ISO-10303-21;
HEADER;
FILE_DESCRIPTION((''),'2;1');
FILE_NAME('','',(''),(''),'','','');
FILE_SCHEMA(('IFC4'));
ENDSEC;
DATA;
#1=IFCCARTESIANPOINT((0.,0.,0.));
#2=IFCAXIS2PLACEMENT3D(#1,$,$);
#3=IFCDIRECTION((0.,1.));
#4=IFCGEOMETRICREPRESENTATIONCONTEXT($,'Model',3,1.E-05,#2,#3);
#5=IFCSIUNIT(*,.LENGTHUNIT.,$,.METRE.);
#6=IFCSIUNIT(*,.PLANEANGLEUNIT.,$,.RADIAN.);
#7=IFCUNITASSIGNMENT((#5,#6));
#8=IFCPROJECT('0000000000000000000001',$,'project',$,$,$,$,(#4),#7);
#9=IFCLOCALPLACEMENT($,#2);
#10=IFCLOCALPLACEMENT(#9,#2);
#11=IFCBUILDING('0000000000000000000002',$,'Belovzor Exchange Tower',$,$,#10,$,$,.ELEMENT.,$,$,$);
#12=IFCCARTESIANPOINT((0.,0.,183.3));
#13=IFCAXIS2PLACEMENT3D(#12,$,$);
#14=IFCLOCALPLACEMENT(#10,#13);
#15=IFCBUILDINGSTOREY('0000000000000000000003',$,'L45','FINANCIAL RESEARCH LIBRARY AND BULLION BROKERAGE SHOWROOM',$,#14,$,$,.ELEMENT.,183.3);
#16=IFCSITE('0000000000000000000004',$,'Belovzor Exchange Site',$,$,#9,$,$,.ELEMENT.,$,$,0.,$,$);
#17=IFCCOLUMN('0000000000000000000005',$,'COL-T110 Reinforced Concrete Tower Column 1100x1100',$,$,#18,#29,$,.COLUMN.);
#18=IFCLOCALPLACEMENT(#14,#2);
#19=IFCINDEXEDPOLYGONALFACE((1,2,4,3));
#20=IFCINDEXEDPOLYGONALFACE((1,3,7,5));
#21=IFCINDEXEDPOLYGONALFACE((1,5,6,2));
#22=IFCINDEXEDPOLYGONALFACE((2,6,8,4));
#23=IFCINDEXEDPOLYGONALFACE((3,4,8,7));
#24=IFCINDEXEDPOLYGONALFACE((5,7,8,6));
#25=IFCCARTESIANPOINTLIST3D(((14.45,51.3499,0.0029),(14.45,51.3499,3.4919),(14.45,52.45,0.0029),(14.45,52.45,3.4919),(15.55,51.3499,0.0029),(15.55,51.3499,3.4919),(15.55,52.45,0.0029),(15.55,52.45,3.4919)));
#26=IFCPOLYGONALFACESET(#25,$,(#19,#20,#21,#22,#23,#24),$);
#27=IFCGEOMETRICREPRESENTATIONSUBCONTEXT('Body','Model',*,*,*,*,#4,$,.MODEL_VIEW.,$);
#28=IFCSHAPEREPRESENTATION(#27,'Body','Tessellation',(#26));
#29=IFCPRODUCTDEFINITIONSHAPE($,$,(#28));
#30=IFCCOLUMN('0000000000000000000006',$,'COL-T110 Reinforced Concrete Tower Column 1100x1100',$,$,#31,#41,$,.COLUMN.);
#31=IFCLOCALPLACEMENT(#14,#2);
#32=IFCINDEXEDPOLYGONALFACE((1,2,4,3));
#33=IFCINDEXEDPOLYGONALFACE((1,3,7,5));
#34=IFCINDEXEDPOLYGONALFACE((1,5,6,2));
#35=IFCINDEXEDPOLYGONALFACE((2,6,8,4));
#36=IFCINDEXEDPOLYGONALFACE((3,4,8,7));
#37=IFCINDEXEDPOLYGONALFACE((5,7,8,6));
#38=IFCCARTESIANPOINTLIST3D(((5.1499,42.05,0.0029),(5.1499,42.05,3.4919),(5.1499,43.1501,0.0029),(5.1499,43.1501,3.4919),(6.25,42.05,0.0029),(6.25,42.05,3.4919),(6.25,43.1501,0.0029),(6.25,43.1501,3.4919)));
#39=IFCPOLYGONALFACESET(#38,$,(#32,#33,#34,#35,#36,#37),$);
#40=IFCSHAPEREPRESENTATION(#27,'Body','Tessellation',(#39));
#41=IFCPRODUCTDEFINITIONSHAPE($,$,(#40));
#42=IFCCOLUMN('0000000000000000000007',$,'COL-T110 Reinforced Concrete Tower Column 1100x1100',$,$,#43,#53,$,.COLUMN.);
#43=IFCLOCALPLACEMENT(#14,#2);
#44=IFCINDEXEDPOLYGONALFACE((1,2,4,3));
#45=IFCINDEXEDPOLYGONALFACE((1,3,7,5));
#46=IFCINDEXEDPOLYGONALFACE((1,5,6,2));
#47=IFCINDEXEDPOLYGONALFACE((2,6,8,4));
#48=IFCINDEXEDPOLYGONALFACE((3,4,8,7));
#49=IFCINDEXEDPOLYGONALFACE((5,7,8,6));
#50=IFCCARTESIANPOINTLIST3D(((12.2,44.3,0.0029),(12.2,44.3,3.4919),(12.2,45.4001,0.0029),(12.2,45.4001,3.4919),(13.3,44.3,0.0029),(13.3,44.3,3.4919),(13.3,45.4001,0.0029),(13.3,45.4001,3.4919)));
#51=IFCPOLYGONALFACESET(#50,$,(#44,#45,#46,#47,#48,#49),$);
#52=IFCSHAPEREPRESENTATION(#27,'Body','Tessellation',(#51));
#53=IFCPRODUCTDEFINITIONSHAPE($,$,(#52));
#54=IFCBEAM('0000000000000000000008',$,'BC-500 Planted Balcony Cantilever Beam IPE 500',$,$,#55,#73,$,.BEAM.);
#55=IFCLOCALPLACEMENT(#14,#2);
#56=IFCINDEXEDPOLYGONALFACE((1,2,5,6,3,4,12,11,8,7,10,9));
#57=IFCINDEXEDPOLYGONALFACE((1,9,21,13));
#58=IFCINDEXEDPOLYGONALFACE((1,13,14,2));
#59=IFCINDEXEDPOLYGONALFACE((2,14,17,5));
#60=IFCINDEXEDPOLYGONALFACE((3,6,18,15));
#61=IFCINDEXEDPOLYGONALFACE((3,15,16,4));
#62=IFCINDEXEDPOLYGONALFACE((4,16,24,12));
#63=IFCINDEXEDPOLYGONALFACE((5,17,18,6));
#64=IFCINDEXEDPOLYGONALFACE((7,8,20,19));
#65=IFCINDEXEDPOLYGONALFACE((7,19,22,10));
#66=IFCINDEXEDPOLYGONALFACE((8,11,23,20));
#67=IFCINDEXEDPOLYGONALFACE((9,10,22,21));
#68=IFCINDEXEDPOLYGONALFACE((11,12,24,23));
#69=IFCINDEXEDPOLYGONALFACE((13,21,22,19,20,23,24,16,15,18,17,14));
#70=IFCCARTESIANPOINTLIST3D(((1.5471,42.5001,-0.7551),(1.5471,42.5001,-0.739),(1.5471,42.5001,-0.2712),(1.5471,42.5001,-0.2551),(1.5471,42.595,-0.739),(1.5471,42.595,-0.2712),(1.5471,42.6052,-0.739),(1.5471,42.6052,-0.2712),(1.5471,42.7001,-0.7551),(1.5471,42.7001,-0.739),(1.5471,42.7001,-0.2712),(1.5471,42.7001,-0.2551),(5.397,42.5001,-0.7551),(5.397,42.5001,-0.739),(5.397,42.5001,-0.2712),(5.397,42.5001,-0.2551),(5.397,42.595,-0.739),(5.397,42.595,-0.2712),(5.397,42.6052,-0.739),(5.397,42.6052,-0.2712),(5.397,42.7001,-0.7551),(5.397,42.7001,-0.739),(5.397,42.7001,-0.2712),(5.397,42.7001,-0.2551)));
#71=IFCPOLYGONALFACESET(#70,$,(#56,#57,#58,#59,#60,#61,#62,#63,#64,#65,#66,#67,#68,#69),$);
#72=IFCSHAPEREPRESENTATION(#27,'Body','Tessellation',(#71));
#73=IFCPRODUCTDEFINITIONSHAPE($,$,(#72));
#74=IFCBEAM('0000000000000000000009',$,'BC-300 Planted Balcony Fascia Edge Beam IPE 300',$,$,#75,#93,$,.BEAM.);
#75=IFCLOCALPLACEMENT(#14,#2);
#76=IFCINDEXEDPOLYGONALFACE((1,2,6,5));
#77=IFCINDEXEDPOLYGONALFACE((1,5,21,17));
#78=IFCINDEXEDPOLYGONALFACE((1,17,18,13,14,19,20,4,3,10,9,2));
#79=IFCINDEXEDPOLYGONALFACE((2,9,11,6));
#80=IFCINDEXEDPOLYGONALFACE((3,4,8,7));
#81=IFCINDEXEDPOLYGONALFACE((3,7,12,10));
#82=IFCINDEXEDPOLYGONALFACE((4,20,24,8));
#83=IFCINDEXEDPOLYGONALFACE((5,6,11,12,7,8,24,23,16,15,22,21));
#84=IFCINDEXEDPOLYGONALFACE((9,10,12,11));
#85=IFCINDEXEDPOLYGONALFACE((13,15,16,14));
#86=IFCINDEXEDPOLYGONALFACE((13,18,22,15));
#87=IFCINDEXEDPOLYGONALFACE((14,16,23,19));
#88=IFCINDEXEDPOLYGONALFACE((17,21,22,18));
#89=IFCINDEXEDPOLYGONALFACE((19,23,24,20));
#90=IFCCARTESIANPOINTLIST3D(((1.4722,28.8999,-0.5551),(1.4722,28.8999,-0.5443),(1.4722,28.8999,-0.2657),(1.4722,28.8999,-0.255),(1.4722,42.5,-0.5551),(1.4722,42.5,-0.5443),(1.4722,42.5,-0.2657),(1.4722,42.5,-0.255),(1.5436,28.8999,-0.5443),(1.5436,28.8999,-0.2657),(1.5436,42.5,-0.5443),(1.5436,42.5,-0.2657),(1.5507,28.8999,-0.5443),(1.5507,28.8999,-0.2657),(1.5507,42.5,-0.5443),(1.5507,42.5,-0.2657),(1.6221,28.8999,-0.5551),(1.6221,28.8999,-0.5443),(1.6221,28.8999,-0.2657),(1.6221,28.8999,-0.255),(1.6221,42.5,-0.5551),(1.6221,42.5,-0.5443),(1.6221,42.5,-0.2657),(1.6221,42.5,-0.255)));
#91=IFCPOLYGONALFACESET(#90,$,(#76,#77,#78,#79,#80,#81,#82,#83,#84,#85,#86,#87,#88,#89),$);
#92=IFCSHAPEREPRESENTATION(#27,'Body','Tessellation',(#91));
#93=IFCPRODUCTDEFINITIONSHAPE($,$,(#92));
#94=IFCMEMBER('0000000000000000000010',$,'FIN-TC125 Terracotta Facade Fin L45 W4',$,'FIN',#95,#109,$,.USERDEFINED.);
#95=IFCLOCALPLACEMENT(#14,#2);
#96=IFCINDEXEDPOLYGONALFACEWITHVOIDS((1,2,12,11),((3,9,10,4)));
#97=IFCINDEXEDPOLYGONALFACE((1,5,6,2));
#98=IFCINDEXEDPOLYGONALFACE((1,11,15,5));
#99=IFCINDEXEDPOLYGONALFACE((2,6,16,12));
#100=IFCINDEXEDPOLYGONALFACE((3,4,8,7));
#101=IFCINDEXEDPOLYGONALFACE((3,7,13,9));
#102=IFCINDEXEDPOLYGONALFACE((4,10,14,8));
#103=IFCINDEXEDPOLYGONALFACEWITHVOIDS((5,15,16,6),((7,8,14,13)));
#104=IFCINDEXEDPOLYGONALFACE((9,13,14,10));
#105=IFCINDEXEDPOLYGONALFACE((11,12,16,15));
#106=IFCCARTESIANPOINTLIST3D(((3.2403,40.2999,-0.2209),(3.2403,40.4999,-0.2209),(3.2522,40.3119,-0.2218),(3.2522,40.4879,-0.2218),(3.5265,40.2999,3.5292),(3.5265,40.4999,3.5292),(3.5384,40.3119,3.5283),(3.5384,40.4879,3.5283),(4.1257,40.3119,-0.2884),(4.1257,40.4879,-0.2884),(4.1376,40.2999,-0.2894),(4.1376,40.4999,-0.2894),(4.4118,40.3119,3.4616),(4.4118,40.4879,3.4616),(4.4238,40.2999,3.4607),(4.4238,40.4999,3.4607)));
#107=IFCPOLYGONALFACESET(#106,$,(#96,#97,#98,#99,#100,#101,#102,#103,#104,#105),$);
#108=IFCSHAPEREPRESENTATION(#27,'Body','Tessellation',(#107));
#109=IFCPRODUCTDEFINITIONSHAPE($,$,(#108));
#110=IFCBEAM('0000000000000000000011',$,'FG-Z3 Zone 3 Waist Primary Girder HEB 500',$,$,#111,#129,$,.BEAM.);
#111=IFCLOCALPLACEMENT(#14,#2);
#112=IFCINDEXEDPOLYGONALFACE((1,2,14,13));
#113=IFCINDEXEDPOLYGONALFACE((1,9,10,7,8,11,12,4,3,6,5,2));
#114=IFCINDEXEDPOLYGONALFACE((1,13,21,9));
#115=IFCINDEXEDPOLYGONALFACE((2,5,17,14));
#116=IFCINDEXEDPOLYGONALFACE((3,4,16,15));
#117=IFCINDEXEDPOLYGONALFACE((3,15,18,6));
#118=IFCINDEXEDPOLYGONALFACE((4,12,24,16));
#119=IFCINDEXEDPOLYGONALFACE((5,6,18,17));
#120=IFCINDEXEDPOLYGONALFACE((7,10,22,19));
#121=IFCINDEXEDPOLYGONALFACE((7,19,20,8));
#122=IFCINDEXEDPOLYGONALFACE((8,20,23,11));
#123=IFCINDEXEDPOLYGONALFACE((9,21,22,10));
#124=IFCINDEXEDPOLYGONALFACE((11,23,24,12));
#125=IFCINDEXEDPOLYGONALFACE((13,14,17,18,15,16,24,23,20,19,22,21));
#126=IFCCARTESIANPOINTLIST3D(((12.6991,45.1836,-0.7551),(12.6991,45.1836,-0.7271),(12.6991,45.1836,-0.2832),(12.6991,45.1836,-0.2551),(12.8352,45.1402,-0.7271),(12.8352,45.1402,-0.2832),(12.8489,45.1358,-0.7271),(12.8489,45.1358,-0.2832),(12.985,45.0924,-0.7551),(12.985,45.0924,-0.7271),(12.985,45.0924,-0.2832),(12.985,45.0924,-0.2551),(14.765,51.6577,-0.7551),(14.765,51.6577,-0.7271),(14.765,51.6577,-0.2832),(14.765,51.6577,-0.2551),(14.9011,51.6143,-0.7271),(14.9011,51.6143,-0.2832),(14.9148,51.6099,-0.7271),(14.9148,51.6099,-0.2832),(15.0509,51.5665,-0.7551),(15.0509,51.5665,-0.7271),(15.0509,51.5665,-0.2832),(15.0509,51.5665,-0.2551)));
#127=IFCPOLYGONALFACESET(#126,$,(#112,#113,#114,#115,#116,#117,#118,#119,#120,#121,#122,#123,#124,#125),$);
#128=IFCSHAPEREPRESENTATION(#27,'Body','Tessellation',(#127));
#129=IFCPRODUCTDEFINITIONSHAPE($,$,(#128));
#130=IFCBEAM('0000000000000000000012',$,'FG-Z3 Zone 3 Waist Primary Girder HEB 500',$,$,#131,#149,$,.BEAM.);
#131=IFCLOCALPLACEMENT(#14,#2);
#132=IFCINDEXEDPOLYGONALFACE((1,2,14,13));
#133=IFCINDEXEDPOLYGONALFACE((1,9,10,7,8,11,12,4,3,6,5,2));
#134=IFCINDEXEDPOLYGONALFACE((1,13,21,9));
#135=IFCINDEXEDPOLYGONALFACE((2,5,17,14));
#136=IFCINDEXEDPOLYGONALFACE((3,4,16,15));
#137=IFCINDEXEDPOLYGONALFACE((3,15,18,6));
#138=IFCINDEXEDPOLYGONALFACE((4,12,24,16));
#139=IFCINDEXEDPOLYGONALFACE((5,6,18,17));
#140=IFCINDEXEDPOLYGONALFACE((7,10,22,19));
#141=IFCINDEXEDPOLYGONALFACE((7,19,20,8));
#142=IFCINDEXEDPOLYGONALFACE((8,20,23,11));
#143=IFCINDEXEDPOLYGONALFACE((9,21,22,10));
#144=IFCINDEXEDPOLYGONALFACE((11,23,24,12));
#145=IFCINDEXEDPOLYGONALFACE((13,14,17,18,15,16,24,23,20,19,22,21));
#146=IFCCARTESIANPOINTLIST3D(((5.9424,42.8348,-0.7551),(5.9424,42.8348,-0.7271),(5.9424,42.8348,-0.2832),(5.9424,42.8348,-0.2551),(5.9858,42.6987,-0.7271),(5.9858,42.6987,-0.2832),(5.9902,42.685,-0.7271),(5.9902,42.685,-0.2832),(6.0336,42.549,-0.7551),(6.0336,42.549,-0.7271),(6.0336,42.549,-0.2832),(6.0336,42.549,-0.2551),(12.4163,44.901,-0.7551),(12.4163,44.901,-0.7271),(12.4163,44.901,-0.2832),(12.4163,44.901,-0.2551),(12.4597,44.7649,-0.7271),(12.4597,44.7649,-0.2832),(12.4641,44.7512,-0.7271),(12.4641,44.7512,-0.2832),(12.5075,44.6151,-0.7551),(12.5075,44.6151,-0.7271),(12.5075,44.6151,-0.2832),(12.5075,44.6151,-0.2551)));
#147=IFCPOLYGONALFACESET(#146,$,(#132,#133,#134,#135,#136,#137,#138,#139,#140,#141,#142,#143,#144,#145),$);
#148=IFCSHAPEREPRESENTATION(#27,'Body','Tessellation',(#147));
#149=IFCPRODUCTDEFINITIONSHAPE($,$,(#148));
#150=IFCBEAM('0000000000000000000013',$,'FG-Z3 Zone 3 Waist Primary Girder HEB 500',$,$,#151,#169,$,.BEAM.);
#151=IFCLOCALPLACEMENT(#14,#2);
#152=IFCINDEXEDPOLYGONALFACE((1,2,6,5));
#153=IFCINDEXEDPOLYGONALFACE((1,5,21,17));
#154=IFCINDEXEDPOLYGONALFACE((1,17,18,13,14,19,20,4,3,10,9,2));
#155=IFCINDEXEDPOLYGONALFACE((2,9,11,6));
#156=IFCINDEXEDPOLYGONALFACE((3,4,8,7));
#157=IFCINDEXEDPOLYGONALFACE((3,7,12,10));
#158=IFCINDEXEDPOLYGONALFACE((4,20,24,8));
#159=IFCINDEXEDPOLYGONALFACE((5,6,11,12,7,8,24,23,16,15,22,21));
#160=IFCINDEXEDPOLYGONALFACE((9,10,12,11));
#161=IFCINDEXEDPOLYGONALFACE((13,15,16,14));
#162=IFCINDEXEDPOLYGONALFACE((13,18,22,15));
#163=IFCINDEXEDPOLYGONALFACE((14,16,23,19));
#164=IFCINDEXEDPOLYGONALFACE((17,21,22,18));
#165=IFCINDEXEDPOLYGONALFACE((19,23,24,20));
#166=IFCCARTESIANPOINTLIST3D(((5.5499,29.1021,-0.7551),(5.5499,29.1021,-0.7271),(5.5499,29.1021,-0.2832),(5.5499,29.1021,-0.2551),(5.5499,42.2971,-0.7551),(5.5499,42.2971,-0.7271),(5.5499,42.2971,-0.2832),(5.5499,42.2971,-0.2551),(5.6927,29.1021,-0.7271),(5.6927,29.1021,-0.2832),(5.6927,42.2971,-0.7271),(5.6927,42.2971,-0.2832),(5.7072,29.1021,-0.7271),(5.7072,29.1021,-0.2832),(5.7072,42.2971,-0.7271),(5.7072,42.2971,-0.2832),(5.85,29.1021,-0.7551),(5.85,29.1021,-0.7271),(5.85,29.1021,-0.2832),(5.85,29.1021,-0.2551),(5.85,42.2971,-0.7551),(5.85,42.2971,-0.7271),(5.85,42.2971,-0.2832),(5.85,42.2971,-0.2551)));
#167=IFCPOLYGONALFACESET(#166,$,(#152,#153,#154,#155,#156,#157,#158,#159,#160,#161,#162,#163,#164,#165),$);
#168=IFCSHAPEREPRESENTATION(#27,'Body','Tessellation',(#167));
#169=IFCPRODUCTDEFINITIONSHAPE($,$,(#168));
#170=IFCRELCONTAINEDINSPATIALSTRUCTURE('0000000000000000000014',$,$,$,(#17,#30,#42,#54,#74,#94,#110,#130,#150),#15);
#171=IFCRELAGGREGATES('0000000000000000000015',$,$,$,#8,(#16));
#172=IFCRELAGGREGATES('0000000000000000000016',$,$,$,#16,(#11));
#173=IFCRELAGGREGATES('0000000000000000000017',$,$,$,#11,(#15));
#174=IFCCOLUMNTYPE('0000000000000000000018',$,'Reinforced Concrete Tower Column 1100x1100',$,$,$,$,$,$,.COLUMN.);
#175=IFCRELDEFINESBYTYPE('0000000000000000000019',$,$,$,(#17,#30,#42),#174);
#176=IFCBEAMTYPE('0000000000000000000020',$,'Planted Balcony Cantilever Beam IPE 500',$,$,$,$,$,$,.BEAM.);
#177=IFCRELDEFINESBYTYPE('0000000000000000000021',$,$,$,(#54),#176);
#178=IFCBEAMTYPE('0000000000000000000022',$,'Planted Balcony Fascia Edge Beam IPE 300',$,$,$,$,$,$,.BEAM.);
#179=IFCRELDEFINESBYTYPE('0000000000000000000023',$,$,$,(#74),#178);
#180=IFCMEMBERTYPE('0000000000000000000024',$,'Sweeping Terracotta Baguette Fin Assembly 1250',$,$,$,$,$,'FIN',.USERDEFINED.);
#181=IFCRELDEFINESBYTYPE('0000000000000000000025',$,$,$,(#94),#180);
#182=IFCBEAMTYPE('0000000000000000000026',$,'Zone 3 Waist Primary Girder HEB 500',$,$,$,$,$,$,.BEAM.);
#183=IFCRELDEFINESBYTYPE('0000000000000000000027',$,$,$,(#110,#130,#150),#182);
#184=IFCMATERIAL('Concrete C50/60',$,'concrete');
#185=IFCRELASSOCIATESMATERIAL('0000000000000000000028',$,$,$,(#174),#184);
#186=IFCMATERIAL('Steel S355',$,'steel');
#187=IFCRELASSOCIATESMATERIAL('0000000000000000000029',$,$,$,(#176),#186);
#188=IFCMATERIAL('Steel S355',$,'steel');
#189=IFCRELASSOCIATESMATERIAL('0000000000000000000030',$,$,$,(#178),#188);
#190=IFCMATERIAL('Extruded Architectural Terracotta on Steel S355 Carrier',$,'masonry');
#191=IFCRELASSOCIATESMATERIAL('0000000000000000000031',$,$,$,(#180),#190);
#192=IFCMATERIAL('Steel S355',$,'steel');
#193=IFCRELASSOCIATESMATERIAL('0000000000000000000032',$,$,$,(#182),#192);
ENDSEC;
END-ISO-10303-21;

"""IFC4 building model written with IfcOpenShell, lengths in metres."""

from ifc_helpers import new_model, si_unit, direction, frame, origin, origin_2d, place, context, subcontext, project, spatial, rectangle, hollow_rectangle, i_section, extrude, material, material_profile, profile_set, type_object, element, save


model = new_model("IFC4")

# Units and contexts
model_context = context("Model", 3, precision=1e-05, world=origin(), true_north=direction((0.0, 1.0)))
body_context = subcontext(model_context, "Body", "Model", "MODEL_VIEW")
ifc_project = project(units=[si_unit("LENGTHUNIT", "METRE"), si_unit("PLANEANGLEUNIT", "RADIAN")], contexts=[model_context])

# Site, building, storey
site_placement = place(None, origin())
site = spatial("IfcSite", under=ifc_project, at=site_placement, Name="Belovzor Exchange Site", CompositionType="ELEMENT", RefElevation=0.0)
building_placement = place(site_placement, origin())
building = spatial("IfcBuilding", under=site, at=building_placement, Name="Belovzor Exchange Tower", CompositionType="ELEMENT")
storey_placement = place(building_placement, frame((0.0, 0.0, 183.3)))
storey = spatial("IfcBuildingStorey", under=building, at=storey_placement, Name="L45", Description="FINANCIAL RESEARCH LIBRARY AND BULLION BROKERAGE SHOWROOM", CompositionType="ELEMENT", Elevation=183.3)

# Columns
ifc_material_1 = material(Name="Concrete C50/60", Category="concrete")
ifc_material_profile_1 = material_profile(ifc_material_1, rectangle(XDim=1.1001, YDim=1.1001, at=origin_2d()))
ifc_profile_set_1 = profile_set([ifc_material_profile_1], Name="Concrete C50/60")
column_type = type_object("IfcColumnType", Name="Reinforced Concrete Tower Column 1100x1100", PredefinedType="COLUMN", material=ifc_profile_set_1)
for number, where, z_axis, x_axis, name in (
    (1, (15.0, 51.8999, 0.0029), (0.0, 0.0, 1.0), (1.0, 0.0, 0.0), "COL-T110 Reinforced Concrete Tower Column 1100x1100"),
    (2, (5.7, 42.6001, 0.0029), (0.0, 0.0, 1.0), (1.0, 0.0, 0.0), "COL-T110 Reinforced Concrete Tower Column 1100x1100"),
    (3, (12.75, 44.8501, 0.0029), (0.0, 0.0, 1.0), (1.0, 0.0, 0.0), "COL-T110 Reinforced Concrete Tower Column 1100x1100"),
):
    element("IfcColumn", number, at=place(storey_placement, frame(where, z_axis=z_axis, x_axis=x_axis)), inside=storey, type_object=column_type, Name=name, PredefinedType="COLUMN", context=body_context, shape_type="SweptSolid", body=[
        extrude(rectangle(XDim=1.1001, YDim=1.1001, at=origin_2d()), origin(), (0.0, 0.0, 1.0), 3.489),
    ])

# Beams
ifc_material_2 = material(Name="Steel S355", Category="steel")
ifc_material_profile_2 = material_profile(ifc_material_2, i_section(OverallWidth=0.2, OverallDepth=0.5, WebThickness=0.0103, FlangeThickness=0.0161, at=origin_2d()))
ifc_profile_set_2 = profile_set([ifc_material_profile_2], Name="Steel S355")
beam_type_1 = type_object("IfcBeamType", Name="Planted Balcony Cantilever Beam IPE 500", PredefinedType="BEAM", material=ifc_profile_set_2)
beam_1_placement = place(storey_placement, frame((5.397, 42.6001, -0.5051), z_axis=(-1.0, 0.0, 0.0), x_axis=(0.0, -1.0, 0.0)))
element("IfcBeam", 4, at=beam_1_placement, inside=storey, type_object=beam_type_1, Name="BC-500 Planted Balcony Cantilever Beam IPE 500", PredefinedType="BEAM", context=body_context, shape_type="SweptSolid", body=[
    extrude(i_section(OverallWidth=0.2, OverallDepth=0.5, WebThickness=0.0103, FlangeThickness=0.0161, at=origin_2d()), origin(), (0.0, 0.0, 1.0), 3.8499),
])
ifc_material_3 = material(Name="Steel S355", Category="steel")
ifc_material_profile_3 = material_profile(ifc_material_3, i_section(OverallWidth=0.1499, OverallDepth=0.3, WebThickness=0.0071, FlangeThickness=0.0107, at=origin_2d()))
ifc_profile_set_3 = profile_set([ifc_material_profile_3], Name="Steel S355")
beam_type_2 = type_object("IfcBeamType", Name="Planted Balcony Fascia Edge Beam IPE 300", PredefinedType="BEAM", material=ifc_profile_set_3)
beam_2_placement = place(storey_placement, frame((1.5471, 42.5, -0.405), z_axis=(0.0, -1.0, 0.0), x_axis=(1.0, 0.0, 0.0)))
element("IfcBeam", 5, at=beam_2_placement, inside=storey, type_object=beam_type_2, Name="BC-300 Planted Balcony Fascia Edge Beam IPE 300", PredefinedType="BEAM", context=body_context, shape_type="SweptSolid", body=[
    extrude(i_section(OverallWidth=0.1499, OverallDepth=0.3, WebThickness=0.0071, FlangeThickness=0.0107, at=origin_2d()), origin(), (0.0, 0.0, 1.0), 13.6001),
])

# Member
ifc_material_4 = material(Name="Extruded Architectural Terracotta on Steel S355 Carrier", Category="masonry")
ifc_material_profile_4 = material_profile(ifc_material_4, hollow_rectangle(XDim=0.2, YDim=0.8999, WallThickness=0.012, at=origin_2d()))
ifc_profile_set_4 = profile_set([ifc_material_profile_4], Name="Extruded Architectural Terracotta on Steel S355 Carrier")
member_type = type_object("IfcMemberType", Name="Sweeping Terracotta Baguette Fin Assembly 1250", ElementType="FIN", PredefinedType="USERDEFINED", material=ifc_profile_set_4)
member_placement = place(storey_placement, frame((3.689, 40.3999, -0.2551), z_axis=(0.076081, 0.0, 0.997102), x_axis=(0.0, 1.0, 0.0)))
element("IfcMember", 6, at=member_placement, inside=storey, type_object=member_type, Name="FIN-TC125 Terracotta Facade Fin L45 W4", ObjectType="FIN", PredefinedType="USERDEFINED", context=body_context, shape_type="SweptSolid", body=[
    extrude(hollow_rectangle(XDim=0.2, YDim=0.8999, WallThickness=0.012, at=origin_2d()), origin(), (0.0, 0.0, 1.0), 3.761),
])

# Beams
ifc_material_5 = material(Name="Steel S355", Category="steel")
ifc_material_profile_5 = material_profile(ifc_material_5, i_section(OverallWidth=0.3, OverallDepth=0.5, WebThickness=0.0144, FlangeThickness=0.0281, at=origin_2d()))
ifc_profile_set_5 = profile_set([ifc_material_profile_5], Name="Steel S355")
beam_type_3 = type_object("IfcBeamType", Name="Zone 3 Waist Primary Girder HEB 500", PredefinedType="BEAM", material=ifc_profile_set_5)
for number, where, z_axis, x_axis, name in (
    (7, (14.908, 51.6121, -0.5051), (-0.304001, -0.952672, 0.0), (0.952672, -0.304001, 0.0), "FG-Z3 Zone 3 Waist Primary Girder HEB 500"),
    (8, (12.4619, 44.7581, -0.5051), (-0.952658, -0.304044, 0.0), (0.304044, -0.952658, 0.0), "FG-Z3 Zone 3 Waist Primary Girder HEB 500"),
):
    element("IfcBeam", number, at=place(storey_placement, frame(where, z_axis=z_axis, x_axis=x_axis)), inside=storey, type_object=beam_type_3, Name=name, PredefinedType="BEAM", context=body_context, shape_type="SweptSolid", body=[
        extrude(i_section(OverallWidth=0.3, OverallDepth=0.5, WebThickness=0.0144, FlangeThickness=0.0281, at=origin_2d()), origin(), (0.0, 0.0, 1.0), 6.7957),
    ])
beam_3_placement = place(storey_placement, frame((5.7, 42.2971, -0.5051), z_axis=(0.0, -1.0, 0.0), x_axis=(1.0, 0.0, 0.0)))
element("IfcBeam", 9, at=beam_3_placement, inside=storey, type_object=beam_type_3, Name="FG-Z3 Zone 3 Waist Primary Girder HEB 500", PredefinedType="BEAM", context=body_context, shape_type="SweptSolid", body=[
    extrude(i_section(OverallWidth=0.3, OverallDepth=0.5, WebThickness=0.0144, FlangeThickness=0.0281, at=origin_2d()), origin(), (0.0, 0.0, 1.0), 13.1951),
])

save(model, "model.ifc")
